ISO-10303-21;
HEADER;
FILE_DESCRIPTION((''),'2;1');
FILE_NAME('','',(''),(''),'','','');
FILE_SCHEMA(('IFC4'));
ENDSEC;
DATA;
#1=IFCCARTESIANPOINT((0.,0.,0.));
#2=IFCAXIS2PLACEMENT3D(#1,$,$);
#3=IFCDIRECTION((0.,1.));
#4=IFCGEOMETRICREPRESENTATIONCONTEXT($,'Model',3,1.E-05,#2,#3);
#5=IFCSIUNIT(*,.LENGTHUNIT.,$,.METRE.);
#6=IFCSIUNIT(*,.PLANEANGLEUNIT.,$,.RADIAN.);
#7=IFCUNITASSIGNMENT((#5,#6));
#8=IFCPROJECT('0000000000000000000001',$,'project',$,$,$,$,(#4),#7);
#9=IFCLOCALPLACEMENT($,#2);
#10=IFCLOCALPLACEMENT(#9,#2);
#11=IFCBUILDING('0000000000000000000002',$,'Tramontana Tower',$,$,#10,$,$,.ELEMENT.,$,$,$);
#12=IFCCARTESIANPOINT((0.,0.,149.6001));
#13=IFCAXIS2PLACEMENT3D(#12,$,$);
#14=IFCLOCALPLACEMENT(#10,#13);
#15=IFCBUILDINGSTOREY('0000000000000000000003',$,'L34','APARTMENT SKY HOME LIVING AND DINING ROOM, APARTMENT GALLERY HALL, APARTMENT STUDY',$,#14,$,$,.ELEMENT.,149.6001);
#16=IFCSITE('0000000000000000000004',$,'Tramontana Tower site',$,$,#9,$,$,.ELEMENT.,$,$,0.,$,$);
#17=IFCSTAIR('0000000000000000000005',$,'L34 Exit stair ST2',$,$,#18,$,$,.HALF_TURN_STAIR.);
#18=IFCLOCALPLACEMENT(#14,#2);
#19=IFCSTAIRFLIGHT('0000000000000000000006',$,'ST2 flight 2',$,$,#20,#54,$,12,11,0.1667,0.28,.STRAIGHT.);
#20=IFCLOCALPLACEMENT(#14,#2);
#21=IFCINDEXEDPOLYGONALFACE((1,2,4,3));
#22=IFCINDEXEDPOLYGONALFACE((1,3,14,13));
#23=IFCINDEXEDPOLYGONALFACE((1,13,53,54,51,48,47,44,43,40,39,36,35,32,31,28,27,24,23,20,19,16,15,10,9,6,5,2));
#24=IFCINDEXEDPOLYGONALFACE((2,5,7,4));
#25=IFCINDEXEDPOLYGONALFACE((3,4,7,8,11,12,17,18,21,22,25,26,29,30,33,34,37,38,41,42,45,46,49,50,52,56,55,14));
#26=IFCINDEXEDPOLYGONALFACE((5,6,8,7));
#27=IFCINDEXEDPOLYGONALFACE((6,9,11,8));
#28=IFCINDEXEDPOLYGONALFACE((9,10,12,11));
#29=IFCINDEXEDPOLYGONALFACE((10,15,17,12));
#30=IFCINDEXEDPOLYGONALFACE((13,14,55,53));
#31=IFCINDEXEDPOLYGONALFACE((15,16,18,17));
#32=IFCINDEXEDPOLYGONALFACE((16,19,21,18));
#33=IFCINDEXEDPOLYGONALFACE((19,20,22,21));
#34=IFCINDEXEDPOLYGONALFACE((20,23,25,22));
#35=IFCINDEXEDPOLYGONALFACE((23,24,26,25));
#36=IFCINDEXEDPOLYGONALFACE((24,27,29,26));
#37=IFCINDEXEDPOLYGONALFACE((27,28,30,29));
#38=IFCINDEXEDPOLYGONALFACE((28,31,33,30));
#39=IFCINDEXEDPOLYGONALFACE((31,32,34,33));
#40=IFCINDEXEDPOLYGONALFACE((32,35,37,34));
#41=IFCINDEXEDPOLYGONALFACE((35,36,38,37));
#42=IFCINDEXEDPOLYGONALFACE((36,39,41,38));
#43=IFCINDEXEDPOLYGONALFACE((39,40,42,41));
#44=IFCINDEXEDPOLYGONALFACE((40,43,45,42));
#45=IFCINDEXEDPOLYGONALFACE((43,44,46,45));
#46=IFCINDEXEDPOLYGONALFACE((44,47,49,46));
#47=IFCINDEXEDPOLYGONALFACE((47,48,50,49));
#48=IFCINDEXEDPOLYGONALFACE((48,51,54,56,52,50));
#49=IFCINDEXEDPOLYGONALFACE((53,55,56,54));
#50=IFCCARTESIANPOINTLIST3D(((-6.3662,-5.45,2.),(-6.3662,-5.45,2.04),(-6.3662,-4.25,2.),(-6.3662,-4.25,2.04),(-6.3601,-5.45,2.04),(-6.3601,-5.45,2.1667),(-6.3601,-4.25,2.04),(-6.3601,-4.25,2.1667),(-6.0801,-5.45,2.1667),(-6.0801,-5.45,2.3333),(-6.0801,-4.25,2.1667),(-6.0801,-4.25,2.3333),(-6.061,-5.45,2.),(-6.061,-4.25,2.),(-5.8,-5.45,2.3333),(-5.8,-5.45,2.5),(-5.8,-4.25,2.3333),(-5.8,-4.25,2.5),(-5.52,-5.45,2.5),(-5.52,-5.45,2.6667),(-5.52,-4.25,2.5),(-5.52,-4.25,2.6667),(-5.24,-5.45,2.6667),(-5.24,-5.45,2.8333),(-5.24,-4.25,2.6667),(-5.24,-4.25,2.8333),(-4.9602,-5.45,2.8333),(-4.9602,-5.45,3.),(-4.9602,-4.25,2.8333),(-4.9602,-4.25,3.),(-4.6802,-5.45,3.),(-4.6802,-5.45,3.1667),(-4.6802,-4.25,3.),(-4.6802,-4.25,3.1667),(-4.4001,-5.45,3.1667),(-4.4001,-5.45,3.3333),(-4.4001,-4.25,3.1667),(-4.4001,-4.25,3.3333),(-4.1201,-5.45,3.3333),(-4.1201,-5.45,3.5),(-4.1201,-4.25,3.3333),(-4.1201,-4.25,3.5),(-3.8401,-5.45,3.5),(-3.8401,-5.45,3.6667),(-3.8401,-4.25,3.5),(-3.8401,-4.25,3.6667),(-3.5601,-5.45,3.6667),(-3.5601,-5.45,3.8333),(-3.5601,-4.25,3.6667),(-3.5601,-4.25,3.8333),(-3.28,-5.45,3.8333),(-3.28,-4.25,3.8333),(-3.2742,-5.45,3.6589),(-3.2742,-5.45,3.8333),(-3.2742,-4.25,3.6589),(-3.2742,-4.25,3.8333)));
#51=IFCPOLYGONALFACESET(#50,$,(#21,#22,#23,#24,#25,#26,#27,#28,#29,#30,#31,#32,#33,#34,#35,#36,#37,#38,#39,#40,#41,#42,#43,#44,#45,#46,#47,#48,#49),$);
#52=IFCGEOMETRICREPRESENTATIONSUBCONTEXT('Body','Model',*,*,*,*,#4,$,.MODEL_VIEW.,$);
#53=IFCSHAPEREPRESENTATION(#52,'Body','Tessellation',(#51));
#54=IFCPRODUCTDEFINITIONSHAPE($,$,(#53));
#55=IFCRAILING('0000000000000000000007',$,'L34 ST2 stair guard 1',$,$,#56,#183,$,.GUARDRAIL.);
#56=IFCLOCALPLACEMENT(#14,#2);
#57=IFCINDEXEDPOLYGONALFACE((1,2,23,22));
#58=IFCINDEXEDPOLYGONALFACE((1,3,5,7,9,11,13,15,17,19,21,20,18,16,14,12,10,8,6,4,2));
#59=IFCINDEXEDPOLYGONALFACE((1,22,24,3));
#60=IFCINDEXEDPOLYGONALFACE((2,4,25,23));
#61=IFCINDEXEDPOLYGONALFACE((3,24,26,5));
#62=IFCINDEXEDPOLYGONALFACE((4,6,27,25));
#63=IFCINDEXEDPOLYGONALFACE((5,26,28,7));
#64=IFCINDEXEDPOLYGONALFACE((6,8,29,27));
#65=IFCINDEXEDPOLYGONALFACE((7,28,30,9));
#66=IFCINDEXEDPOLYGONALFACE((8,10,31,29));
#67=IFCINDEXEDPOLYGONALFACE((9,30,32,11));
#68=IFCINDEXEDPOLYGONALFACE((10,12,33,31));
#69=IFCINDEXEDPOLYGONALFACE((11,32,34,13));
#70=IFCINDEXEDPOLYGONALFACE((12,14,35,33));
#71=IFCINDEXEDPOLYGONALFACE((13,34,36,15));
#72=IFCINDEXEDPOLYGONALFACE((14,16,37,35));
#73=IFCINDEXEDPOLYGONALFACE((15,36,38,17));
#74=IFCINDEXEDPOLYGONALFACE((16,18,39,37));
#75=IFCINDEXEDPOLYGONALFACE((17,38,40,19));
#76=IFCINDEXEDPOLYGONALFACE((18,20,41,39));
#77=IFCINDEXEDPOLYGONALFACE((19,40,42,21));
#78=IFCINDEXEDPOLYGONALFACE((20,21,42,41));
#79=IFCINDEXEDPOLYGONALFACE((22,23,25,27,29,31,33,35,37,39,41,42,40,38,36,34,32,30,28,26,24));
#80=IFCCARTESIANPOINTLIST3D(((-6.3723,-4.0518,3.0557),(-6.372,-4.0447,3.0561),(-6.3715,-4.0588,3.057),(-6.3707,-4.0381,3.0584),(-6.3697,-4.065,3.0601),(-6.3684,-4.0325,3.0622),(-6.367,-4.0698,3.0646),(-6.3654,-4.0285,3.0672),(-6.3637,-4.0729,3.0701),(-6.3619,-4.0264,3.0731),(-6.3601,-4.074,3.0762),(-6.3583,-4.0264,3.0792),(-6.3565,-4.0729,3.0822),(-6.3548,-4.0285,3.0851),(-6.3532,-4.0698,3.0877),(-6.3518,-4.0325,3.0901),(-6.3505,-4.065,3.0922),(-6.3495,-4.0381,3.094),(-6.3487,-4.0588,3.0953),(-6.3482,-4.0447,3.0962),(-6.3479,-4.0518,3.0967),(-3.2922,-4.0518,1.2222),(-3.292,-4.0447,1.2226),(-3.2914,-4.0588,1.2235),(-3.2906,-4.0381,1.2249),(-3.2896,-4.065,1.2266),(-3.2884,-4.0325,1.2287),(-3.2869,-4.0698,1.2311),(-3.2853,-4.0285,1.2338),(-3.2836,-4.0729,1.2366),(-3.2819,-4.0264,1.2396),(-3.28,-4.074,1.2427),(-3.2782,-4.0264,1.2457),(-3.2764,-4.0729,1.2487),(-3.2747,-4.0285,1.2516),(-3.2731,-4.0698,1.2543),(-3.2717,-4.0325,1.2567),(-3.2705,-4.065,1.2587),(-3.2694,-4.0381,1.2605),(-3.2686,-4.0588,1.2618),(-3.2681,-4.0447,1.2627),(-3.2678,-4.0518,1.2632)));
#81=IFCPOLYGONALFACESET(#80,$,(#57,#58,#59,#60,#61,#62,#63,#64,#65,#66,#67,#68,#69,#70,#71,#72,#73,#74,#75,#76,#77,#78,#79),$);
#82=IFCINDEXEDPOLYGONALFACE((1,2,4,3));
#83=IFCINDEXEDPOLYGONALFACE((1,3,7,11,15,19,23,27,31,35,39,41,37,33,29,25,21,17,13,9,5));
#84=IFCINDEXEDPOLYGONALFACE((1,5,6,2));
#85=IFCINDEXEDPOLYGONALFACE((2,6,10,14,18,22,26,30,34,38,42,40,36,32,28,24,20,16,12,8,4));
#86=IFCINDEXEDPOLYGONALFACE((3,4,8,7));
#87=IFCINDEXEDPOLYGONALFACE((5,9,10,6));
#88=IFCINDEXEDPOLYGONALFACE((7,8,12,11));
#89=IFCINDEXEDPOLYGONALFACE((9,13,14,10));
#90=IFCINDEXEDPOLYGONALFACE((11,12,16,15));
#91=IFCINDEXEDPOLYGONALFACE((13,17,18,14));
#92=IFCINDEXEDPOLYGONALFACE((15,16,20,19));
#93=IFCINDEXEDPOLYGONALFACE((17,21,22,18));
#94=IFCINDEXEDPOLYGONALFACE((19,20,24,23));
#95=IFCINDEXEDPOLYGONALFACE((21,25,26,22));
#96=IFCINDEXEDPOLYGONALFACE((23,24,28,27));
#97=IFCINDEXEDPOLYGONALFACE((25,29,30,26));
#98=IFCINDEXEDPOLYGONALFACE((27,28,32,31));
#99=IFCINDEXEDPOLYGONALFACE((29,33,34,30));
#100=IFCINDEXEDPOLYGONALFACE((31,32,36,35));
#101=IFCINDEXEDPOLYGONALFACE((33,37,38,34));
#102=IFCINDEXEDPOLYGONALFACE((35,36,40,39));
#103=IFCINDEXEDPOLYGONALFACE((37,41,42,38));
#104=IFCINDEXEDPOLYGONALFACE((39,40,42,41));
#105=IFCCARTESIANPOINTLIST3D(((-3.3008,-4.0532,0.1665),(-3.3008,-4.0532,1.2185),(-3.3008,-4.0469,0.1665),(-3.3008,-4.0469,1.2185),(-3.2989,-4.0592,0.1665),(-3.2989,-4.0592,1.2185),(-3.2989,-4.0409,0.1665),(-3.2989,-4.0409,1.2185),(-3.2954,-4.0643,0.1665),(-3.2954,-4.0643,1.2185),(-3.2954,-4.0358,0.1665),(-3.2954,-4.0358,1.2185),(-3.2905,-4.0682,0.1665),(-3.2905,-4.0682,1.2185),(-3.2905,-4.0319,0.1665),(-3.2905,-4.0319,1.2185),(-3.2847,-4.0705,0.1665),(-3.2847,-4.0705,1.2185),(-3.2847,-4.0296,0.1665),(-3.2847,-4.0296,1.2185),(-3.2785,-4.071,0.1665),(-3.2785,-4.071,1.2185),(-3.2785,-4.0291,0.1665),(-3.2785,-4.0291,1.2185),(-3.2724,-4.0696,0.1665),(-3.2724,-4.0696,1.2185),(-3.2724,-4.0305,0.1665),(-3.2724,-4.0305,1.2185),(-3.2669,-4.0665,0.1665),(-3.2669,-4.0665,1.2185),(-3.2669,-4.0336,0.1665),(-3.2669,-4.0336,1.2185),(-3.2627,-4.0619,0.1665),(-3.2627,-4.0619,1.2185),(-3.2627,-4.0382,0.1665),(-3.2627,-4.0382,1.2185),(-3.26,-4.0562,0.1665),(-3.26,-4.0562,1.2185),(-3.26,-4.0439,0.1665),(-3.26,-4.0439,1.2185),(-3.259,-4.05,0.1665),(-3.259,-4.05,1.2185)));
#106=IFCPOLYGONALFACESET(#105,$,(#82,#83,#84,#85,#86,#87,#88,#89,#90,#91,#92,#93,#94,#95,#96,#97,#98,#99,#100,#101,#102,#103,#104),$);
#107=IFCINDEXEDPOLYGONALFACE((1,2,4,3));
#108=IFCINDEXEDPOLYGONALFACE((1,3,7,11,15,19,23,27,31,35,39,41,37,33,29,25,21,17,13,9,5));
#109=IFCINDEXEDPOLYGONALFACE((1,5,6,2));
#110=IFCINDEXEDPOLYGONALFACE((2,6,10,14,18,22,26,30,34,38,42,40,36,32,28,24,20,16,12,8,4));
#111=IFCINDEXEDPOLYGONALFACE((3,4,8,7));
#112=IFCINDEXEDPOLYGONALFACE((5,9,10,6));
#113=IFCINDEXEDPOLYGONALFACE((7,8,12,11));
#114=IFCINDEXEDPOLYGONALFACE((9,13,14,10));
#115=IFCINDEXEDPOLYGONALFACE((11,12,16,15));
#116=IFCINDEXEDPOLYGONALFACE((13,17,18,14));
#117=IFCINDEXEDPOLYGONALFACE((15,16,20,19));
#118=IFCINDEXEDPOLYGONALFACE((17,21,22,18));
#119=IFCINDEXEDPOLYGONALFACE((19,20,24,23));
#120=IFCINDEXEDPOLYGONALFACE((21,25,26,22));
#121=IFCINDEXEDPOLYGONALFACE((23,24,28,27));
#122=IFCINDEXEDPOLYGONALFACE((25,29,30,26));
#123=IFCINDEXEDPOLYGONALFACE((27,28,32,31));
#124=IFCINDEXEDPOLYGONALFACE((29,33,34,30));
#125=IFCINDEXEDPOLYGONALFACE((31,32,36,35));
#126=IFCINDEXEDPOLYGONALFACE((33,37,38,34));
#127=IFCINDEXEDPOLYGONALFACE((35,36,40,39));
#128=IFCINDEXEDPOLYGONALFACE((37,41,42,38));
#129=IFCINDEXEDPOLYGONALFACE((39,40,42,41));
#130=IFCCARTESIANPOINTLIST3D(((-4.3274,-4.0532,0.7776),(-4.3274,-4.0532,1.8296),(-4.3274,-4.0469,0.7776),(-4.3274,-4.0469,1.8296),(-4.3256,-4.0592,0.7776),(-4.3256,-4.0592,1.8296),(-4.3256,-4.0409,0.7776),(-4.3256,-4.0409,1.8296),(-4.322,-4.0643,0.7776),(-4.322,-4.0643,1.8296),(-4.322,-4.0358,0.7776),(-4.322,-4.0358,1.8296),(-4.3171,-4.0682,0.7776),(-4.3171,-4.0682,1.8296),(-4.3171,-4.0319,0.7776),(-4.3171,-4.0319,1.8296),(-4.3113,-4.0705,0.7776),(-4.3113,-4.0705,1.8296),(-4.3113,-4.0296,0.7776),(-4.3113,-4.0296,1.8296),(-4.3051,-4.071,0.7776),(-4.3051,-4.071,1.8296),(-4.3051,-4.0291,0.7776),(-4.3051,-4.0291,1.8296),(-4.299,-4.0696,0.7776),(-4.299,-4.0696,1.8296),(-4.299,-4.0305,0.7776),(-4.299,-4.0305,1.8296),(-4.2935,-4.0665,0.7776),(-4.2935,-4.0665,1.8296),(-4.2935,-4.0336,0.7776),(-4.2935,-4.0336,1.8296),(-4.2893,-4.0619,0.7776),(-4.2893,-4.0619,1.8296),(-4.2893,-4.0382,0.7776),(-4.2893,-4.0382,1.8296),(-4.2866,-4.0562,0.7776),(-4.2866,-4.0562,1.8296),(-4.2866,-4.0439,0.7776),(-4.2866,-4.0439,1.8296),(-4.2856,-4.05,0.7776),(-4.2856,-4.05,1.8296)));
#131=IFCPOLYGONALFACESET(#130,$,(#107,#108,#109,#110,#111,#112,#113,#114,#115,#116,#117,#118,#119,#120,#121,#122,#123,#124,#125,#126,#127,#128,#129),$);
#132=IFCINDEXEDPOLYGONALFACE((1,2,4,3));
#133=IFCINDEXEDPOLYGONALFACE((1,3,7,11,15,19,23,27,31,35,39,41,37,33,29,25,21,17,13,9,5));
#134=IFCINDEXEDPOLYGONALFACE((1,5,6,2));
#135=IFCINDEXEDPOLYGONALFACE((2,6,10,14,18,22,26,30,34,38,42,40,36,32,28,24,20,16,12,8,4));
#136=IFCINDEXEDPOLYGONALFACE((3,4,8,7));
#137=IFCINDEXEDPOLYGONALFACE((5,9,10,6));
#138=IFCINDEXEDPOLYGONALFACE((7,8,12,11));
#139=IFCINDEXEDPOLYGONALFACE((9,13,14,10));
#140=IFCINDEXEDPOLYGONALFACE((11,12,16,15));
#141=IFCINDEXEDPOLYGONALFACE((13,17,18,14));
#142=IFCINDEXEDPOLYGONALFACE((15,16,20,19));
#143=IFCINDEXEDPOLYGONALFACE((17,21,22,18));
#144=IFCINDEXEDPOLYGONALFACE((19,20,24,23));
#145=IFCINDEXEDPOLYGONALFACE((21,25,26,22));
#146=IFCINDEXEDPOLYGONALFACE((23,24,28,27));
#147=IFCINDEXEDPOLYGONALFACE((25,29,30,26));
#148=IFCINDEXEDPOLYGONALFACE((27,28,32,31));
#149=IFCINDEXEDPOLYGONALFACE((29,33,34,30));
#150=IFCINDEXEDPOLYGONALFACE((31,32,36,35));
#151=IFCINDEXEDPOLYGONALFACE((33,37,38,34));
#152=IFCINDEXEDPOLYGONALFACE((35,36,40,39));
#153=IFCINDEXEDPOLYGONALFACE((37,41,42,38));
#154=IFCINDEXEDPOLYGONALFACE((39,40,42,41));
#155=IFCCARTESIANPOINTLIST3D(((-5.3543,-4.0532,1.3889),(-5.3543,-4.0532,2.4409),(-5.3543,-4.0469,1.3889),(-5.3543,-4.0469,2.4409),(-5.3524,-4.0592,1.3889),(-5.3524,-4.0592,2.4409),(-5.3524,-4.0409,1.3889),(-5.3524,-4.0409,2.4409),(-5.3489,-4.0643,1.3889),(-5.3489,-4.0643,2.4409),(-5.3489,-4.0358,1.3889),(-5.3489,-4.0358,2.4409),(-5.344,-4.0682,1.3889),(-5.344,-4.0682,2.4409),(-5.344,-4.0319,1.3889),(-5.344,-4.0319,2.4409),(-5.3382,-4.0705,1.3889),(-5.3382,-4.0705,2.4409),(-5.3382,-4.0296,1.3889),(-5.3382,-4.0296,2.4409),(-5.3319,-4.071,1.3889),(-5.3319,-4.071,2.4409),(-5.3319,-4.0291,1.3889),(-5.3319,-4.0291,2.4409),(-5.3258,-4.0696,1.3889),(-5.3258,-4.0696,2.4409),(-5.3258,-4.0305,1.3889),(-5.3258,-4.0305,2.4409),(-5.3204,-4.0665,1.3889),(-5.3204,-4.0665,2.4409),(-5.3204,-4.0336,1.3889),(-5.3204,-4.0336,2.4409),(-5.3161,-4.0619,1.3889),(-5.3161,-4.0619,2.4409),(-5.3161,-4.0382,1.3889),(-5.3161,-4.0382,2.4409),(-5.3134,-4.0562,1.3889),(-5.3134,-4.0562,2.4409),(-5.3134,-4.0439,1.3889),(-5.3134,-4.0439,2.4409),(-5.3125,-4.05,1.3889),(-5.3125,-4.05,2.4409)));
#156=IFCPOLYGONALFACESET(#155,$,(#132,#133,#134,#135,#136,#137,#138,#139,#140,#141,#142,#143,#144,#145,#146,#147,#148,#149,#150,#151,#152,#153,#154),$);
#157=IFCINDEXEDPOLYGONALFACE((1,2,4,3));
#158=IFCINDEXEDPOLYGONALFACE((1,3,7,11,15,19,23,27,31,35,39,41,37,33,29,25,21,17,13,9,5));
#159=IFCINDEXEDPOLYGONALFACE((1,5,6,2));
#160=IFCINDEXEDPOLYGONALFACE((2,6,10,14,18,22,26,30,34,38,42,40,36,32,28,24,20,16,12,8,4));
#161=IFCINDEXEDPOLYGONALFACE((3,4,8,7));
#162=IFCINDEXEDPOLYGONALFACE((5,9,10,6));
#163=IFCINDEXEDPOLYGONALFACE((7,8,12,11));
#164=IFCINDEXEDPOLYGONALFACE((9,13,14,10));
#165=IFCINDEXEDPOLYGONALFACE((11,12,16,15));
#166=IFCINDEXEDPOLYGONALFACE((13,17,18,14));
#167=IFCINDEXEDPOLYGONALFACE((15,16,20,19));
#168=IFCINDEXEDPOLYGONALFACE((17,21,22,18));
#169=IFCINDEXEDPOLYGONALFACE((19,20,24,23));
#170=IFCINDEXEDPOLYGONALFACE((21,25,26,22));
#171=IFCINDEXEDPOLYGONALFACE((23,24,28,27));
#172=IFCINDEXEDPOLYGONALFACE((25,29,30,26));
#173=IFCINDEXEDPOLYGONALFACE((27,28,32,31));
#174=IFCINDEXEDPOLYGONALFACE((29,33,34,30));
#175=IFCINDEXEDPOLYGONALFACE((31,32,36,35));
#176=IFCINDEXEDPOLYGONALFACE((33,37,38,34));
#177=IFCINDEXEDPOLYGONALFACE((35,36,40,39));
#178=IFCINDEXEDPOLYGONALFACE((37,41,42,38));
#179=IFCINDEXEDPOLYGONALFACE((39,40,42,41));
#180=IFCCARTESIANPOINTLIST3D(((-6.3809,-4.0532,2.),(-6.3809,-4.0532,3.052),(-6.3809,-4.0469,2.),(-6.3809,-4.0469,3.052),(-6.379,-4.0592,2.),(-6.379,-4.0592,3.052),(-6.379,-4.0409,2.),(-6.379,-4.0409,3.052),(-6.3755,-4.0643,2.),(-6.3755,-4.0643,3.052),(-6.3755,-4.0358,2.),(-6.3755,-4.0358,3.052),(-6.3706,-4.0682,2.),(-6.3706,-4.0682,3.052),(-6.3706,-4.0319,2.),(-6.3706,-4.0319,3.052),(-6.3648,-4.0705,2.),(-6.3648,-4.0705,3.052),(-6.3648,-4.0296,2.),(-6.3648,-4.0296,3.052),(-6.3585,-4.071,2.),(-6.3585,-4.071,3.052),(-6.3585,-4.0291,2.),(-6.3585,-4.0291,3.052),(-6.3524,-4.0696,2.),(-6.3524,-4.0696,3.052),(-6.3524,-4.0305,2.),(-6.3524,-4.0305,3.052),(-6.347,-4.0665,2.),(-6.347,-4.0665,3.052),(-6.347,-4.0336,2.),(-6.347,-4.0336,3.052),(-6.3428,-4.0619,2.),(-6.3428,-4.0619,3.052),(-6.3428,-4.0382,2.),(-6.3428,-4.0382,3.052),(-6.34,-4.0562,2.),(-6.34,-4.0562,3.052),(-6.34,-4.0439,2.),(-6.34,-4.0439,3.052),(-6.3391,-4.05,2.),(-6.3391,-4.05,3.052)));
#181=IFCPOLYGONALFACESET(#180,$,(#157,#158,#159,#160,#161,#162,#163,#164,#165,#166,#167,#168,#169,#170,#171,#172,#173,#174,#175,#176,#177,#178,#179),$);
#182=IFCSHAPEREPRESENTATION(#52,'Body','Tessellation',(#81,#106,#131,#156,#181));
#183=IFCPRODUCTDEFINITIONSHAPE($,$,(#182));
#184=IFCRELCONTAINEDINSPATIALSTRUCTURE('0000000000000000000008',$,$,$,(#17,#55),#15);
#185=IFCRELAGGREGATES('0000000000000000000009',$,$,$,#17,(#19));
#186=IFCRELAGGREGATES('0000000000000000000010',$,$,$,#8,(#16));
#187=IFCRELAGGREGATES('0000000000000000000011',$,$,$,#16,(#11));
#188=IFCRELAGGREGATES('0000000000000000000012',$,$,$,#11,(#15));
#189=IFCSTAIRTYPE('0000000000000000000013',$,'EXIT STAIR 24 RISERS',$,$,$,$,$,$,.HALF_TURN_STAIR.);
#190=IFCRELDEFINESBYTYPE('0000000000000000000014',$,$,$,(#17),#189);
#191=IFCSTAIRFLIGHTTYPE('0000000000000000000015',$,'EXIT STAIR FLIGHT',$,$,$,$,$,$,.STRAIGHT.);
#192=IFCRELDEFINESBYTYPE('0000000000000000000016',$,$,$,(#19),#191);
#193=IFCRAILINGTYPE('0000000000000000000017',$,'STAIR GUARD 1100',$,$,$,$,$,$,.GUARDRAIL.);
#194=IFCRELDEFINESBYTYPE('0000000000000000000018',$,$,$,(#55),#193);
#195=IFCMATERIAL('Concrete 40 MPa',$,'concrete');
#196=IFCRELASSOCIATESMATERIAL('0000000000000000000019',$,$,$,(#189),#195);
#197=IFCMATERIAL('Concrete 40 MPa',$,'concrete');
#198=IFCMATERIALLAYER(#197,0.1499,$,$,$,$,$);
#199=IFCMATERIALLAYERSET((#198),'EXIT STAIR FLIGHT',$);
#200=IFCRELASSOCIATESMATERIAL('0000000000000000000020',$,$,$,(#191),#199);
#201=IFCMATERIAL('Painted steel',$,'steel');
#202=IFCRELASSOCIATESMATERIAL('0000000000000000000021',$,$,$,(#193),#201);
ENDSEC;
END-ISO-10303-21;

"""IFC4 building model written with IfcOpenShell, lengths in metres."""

from ifc_helpers import new_model, si_unit, direction, frame, origin, origin_2d, place, context, subcontext, project, spatial, polyline, circle, outline, extrude, material, layer, layer_set, type_object, element, aggregate, save


model = new_model("IFC4")

# Units and contexts
model_context = context("Model", 3, precision=1e-05, world=origin(), true_north=direction((0.0, 1.0)))
body_context = subcontext(model_context, "Body", "Model", "MODEL_VIEW")
ifc_project = project(units=[si_unit("LENGTHUNIT", "METRE"), si_unit("PLANEANGLEUNIT", "RADIAN")], contexts=[model_context])

# Site, building, storey
site_placement = place(None, origin())
site = spatial("IfcSite", under=ifc_project, at=site_placement, Name="Tramontana Tower site", CompositionType="ELEMENT", RefElevation=0.0)
building_placement = place(site_placement, origin())
building = spatial("IfcBuilding", under=site, at=building_placement, Name="Tramontana Tower", CompositionType="ELEMENT")
storey_placement = place(building_placement, frame((0.0, 0.0, 149.6001)))
storey = spatial("IfcBuildingStorey", under=building, at=storey_placement, Name="L34", Description="APARTMENT SKY HOME LIVING AND DINING ROOM, APARTMENT GALLERY HALL, APARTMENT STUDY", CompositionType="ELEMENT", Elevation=149.6001)

# Stair, stair flight
ifc_material_1 = material(Name="Concrete 40 MPa", Category="concrete")
stair_type = type_object("IfcStairType", Name="EXIT STAIR 24 RISERS", PredefinedType="HALF_TURN_STAIR", material=ifc_material_1)
stair_placement = place(storey_placement, origin())
stair = element("IfcStair", 1, at=stair_placement, inside=storey, type_object=stair_type, Name="L34 Exit stair ST2", PredefinedType="HALF_TURN_STAIR")
ifc_material_2 = material(Name="Concrete 40 MPa", Category="concrete")
ifc_layer_1 = layer(ifc_material_2, 0.1499)
ifc_layer_set_1 = layer_set([ifc_layer_1], Name="EXIT STAIR FLIGHT")
stair_flight_type = type_object("IfcStairFlightType", Name="EXIT STAIR FLIGHT", PredefinedType="STRAIGHT", material=ifc_layer_set_1)
stair_flight_1_placement = place(storey_placement, frame((-6.3601, -4.8501, 2.0), z_axis=(0.0, 0.0, 1.0), x_axis=(1.0, 0.0, 0.0)))
stair_flight_1 = element("IfcStairFlight", 2, at=stair_flight_1_placement, type_object=stair_flight_type, Name="ST2 flight 2", NumberOfRisers=12, NumberOfTreads=11, PredefinedType="STRAIGHT", RiserHeight=0.1667, TreadLength=0.28, context=body_context, shape_type="SweptSolid", body=[
    extrude(outline(polyline([(-0.0061, 0.0), (-0.0061, 0.04), (0.0, 0.04), (0.0, 0.1667), (0.28, 0.1667), (0.28, 0.3333), (0.5601, 0.3333), (0.5601, 0.5), (0.8401, 0.5), (0.8401, 0.6667), (1.1201, 0.6667), (1.1201, 0.8333), (1.3999, 0.8333), (1.3999, 1.0), (1.6799, 1.0), (1.6799, 1.1667), (1.96, 1.1667), (1.96, 1.3333), (2.24, 1.3333), (2.24, 1.5), (2.52, 1.5), (2.52, 1.6667), (2.8, 1.6667), (2.8, 1.8333), (3.0801, 1.8333), (3.0859, 1.8333), (3.0859, 1.6589), (0.2991, 0.0), (-0.0061, 0.0)])), frame((0.0, 0.6001, 0.0), z_axis=(0.0, -1.0, 0.0), x_axis=(1.0, 0.0, 0.0)), (0.0, 0.0, 1.0), 1.2),
])
aggregate(stair, [stair_flight_1])

# Railing
ifc_material_3 = material(Name="Painted steel", Category="steel")
railing_type_1 = type_object("IfcRailingType", Name="STAIR GUARD 1100", PredefinedType="GUARDRAIL", material=ifc_material_3)
railing_1_placement = place(storey_placement, frame((-3.28, -4.05, 0.1665)))
element("IfcRailing", 3, at=railing_1_placement, inside=storey, type_object=railing_type_1, Name="L34 ST2 stair guard 1", PredefinedType="GUARDRAIL", context=body_context, shape_type="SweptSolid", body=[
    extrude(circle(Radius=0.0239, at=origin_2d()), frame((0.0, 0.0, 1.0762), z_axis=(-0.859279, 0.0, 0.511508), x_axis=(0.0, -1.0, 0.0)), (0.0, 0.0, 1.0), 3.5845),
    extrude(circle(Radius=0.021, at=origin_2d()), origin(), (0.0, 0.0, 1.0), 1.052),
    extrude(circle(Radius=0.021, at=origin_2d()), frame((-1.0266, 0.0, 0.6111)), (0.0, 0.0, 1.0), 1.052),
    extrude(circle(Radius=0.021, at=origin_2d()), frame((-2.0535, 0.0, 1.2224)), (0.0, 0.0, 1.0), 1.052),
    extrude(circle(Radius=0.021, at=origin_2d()), frame((-3.0801, 0.0, 1.8335)), (0.0, 0.0, 1.0), 1.052),
])

save(model, "model.ifc")
